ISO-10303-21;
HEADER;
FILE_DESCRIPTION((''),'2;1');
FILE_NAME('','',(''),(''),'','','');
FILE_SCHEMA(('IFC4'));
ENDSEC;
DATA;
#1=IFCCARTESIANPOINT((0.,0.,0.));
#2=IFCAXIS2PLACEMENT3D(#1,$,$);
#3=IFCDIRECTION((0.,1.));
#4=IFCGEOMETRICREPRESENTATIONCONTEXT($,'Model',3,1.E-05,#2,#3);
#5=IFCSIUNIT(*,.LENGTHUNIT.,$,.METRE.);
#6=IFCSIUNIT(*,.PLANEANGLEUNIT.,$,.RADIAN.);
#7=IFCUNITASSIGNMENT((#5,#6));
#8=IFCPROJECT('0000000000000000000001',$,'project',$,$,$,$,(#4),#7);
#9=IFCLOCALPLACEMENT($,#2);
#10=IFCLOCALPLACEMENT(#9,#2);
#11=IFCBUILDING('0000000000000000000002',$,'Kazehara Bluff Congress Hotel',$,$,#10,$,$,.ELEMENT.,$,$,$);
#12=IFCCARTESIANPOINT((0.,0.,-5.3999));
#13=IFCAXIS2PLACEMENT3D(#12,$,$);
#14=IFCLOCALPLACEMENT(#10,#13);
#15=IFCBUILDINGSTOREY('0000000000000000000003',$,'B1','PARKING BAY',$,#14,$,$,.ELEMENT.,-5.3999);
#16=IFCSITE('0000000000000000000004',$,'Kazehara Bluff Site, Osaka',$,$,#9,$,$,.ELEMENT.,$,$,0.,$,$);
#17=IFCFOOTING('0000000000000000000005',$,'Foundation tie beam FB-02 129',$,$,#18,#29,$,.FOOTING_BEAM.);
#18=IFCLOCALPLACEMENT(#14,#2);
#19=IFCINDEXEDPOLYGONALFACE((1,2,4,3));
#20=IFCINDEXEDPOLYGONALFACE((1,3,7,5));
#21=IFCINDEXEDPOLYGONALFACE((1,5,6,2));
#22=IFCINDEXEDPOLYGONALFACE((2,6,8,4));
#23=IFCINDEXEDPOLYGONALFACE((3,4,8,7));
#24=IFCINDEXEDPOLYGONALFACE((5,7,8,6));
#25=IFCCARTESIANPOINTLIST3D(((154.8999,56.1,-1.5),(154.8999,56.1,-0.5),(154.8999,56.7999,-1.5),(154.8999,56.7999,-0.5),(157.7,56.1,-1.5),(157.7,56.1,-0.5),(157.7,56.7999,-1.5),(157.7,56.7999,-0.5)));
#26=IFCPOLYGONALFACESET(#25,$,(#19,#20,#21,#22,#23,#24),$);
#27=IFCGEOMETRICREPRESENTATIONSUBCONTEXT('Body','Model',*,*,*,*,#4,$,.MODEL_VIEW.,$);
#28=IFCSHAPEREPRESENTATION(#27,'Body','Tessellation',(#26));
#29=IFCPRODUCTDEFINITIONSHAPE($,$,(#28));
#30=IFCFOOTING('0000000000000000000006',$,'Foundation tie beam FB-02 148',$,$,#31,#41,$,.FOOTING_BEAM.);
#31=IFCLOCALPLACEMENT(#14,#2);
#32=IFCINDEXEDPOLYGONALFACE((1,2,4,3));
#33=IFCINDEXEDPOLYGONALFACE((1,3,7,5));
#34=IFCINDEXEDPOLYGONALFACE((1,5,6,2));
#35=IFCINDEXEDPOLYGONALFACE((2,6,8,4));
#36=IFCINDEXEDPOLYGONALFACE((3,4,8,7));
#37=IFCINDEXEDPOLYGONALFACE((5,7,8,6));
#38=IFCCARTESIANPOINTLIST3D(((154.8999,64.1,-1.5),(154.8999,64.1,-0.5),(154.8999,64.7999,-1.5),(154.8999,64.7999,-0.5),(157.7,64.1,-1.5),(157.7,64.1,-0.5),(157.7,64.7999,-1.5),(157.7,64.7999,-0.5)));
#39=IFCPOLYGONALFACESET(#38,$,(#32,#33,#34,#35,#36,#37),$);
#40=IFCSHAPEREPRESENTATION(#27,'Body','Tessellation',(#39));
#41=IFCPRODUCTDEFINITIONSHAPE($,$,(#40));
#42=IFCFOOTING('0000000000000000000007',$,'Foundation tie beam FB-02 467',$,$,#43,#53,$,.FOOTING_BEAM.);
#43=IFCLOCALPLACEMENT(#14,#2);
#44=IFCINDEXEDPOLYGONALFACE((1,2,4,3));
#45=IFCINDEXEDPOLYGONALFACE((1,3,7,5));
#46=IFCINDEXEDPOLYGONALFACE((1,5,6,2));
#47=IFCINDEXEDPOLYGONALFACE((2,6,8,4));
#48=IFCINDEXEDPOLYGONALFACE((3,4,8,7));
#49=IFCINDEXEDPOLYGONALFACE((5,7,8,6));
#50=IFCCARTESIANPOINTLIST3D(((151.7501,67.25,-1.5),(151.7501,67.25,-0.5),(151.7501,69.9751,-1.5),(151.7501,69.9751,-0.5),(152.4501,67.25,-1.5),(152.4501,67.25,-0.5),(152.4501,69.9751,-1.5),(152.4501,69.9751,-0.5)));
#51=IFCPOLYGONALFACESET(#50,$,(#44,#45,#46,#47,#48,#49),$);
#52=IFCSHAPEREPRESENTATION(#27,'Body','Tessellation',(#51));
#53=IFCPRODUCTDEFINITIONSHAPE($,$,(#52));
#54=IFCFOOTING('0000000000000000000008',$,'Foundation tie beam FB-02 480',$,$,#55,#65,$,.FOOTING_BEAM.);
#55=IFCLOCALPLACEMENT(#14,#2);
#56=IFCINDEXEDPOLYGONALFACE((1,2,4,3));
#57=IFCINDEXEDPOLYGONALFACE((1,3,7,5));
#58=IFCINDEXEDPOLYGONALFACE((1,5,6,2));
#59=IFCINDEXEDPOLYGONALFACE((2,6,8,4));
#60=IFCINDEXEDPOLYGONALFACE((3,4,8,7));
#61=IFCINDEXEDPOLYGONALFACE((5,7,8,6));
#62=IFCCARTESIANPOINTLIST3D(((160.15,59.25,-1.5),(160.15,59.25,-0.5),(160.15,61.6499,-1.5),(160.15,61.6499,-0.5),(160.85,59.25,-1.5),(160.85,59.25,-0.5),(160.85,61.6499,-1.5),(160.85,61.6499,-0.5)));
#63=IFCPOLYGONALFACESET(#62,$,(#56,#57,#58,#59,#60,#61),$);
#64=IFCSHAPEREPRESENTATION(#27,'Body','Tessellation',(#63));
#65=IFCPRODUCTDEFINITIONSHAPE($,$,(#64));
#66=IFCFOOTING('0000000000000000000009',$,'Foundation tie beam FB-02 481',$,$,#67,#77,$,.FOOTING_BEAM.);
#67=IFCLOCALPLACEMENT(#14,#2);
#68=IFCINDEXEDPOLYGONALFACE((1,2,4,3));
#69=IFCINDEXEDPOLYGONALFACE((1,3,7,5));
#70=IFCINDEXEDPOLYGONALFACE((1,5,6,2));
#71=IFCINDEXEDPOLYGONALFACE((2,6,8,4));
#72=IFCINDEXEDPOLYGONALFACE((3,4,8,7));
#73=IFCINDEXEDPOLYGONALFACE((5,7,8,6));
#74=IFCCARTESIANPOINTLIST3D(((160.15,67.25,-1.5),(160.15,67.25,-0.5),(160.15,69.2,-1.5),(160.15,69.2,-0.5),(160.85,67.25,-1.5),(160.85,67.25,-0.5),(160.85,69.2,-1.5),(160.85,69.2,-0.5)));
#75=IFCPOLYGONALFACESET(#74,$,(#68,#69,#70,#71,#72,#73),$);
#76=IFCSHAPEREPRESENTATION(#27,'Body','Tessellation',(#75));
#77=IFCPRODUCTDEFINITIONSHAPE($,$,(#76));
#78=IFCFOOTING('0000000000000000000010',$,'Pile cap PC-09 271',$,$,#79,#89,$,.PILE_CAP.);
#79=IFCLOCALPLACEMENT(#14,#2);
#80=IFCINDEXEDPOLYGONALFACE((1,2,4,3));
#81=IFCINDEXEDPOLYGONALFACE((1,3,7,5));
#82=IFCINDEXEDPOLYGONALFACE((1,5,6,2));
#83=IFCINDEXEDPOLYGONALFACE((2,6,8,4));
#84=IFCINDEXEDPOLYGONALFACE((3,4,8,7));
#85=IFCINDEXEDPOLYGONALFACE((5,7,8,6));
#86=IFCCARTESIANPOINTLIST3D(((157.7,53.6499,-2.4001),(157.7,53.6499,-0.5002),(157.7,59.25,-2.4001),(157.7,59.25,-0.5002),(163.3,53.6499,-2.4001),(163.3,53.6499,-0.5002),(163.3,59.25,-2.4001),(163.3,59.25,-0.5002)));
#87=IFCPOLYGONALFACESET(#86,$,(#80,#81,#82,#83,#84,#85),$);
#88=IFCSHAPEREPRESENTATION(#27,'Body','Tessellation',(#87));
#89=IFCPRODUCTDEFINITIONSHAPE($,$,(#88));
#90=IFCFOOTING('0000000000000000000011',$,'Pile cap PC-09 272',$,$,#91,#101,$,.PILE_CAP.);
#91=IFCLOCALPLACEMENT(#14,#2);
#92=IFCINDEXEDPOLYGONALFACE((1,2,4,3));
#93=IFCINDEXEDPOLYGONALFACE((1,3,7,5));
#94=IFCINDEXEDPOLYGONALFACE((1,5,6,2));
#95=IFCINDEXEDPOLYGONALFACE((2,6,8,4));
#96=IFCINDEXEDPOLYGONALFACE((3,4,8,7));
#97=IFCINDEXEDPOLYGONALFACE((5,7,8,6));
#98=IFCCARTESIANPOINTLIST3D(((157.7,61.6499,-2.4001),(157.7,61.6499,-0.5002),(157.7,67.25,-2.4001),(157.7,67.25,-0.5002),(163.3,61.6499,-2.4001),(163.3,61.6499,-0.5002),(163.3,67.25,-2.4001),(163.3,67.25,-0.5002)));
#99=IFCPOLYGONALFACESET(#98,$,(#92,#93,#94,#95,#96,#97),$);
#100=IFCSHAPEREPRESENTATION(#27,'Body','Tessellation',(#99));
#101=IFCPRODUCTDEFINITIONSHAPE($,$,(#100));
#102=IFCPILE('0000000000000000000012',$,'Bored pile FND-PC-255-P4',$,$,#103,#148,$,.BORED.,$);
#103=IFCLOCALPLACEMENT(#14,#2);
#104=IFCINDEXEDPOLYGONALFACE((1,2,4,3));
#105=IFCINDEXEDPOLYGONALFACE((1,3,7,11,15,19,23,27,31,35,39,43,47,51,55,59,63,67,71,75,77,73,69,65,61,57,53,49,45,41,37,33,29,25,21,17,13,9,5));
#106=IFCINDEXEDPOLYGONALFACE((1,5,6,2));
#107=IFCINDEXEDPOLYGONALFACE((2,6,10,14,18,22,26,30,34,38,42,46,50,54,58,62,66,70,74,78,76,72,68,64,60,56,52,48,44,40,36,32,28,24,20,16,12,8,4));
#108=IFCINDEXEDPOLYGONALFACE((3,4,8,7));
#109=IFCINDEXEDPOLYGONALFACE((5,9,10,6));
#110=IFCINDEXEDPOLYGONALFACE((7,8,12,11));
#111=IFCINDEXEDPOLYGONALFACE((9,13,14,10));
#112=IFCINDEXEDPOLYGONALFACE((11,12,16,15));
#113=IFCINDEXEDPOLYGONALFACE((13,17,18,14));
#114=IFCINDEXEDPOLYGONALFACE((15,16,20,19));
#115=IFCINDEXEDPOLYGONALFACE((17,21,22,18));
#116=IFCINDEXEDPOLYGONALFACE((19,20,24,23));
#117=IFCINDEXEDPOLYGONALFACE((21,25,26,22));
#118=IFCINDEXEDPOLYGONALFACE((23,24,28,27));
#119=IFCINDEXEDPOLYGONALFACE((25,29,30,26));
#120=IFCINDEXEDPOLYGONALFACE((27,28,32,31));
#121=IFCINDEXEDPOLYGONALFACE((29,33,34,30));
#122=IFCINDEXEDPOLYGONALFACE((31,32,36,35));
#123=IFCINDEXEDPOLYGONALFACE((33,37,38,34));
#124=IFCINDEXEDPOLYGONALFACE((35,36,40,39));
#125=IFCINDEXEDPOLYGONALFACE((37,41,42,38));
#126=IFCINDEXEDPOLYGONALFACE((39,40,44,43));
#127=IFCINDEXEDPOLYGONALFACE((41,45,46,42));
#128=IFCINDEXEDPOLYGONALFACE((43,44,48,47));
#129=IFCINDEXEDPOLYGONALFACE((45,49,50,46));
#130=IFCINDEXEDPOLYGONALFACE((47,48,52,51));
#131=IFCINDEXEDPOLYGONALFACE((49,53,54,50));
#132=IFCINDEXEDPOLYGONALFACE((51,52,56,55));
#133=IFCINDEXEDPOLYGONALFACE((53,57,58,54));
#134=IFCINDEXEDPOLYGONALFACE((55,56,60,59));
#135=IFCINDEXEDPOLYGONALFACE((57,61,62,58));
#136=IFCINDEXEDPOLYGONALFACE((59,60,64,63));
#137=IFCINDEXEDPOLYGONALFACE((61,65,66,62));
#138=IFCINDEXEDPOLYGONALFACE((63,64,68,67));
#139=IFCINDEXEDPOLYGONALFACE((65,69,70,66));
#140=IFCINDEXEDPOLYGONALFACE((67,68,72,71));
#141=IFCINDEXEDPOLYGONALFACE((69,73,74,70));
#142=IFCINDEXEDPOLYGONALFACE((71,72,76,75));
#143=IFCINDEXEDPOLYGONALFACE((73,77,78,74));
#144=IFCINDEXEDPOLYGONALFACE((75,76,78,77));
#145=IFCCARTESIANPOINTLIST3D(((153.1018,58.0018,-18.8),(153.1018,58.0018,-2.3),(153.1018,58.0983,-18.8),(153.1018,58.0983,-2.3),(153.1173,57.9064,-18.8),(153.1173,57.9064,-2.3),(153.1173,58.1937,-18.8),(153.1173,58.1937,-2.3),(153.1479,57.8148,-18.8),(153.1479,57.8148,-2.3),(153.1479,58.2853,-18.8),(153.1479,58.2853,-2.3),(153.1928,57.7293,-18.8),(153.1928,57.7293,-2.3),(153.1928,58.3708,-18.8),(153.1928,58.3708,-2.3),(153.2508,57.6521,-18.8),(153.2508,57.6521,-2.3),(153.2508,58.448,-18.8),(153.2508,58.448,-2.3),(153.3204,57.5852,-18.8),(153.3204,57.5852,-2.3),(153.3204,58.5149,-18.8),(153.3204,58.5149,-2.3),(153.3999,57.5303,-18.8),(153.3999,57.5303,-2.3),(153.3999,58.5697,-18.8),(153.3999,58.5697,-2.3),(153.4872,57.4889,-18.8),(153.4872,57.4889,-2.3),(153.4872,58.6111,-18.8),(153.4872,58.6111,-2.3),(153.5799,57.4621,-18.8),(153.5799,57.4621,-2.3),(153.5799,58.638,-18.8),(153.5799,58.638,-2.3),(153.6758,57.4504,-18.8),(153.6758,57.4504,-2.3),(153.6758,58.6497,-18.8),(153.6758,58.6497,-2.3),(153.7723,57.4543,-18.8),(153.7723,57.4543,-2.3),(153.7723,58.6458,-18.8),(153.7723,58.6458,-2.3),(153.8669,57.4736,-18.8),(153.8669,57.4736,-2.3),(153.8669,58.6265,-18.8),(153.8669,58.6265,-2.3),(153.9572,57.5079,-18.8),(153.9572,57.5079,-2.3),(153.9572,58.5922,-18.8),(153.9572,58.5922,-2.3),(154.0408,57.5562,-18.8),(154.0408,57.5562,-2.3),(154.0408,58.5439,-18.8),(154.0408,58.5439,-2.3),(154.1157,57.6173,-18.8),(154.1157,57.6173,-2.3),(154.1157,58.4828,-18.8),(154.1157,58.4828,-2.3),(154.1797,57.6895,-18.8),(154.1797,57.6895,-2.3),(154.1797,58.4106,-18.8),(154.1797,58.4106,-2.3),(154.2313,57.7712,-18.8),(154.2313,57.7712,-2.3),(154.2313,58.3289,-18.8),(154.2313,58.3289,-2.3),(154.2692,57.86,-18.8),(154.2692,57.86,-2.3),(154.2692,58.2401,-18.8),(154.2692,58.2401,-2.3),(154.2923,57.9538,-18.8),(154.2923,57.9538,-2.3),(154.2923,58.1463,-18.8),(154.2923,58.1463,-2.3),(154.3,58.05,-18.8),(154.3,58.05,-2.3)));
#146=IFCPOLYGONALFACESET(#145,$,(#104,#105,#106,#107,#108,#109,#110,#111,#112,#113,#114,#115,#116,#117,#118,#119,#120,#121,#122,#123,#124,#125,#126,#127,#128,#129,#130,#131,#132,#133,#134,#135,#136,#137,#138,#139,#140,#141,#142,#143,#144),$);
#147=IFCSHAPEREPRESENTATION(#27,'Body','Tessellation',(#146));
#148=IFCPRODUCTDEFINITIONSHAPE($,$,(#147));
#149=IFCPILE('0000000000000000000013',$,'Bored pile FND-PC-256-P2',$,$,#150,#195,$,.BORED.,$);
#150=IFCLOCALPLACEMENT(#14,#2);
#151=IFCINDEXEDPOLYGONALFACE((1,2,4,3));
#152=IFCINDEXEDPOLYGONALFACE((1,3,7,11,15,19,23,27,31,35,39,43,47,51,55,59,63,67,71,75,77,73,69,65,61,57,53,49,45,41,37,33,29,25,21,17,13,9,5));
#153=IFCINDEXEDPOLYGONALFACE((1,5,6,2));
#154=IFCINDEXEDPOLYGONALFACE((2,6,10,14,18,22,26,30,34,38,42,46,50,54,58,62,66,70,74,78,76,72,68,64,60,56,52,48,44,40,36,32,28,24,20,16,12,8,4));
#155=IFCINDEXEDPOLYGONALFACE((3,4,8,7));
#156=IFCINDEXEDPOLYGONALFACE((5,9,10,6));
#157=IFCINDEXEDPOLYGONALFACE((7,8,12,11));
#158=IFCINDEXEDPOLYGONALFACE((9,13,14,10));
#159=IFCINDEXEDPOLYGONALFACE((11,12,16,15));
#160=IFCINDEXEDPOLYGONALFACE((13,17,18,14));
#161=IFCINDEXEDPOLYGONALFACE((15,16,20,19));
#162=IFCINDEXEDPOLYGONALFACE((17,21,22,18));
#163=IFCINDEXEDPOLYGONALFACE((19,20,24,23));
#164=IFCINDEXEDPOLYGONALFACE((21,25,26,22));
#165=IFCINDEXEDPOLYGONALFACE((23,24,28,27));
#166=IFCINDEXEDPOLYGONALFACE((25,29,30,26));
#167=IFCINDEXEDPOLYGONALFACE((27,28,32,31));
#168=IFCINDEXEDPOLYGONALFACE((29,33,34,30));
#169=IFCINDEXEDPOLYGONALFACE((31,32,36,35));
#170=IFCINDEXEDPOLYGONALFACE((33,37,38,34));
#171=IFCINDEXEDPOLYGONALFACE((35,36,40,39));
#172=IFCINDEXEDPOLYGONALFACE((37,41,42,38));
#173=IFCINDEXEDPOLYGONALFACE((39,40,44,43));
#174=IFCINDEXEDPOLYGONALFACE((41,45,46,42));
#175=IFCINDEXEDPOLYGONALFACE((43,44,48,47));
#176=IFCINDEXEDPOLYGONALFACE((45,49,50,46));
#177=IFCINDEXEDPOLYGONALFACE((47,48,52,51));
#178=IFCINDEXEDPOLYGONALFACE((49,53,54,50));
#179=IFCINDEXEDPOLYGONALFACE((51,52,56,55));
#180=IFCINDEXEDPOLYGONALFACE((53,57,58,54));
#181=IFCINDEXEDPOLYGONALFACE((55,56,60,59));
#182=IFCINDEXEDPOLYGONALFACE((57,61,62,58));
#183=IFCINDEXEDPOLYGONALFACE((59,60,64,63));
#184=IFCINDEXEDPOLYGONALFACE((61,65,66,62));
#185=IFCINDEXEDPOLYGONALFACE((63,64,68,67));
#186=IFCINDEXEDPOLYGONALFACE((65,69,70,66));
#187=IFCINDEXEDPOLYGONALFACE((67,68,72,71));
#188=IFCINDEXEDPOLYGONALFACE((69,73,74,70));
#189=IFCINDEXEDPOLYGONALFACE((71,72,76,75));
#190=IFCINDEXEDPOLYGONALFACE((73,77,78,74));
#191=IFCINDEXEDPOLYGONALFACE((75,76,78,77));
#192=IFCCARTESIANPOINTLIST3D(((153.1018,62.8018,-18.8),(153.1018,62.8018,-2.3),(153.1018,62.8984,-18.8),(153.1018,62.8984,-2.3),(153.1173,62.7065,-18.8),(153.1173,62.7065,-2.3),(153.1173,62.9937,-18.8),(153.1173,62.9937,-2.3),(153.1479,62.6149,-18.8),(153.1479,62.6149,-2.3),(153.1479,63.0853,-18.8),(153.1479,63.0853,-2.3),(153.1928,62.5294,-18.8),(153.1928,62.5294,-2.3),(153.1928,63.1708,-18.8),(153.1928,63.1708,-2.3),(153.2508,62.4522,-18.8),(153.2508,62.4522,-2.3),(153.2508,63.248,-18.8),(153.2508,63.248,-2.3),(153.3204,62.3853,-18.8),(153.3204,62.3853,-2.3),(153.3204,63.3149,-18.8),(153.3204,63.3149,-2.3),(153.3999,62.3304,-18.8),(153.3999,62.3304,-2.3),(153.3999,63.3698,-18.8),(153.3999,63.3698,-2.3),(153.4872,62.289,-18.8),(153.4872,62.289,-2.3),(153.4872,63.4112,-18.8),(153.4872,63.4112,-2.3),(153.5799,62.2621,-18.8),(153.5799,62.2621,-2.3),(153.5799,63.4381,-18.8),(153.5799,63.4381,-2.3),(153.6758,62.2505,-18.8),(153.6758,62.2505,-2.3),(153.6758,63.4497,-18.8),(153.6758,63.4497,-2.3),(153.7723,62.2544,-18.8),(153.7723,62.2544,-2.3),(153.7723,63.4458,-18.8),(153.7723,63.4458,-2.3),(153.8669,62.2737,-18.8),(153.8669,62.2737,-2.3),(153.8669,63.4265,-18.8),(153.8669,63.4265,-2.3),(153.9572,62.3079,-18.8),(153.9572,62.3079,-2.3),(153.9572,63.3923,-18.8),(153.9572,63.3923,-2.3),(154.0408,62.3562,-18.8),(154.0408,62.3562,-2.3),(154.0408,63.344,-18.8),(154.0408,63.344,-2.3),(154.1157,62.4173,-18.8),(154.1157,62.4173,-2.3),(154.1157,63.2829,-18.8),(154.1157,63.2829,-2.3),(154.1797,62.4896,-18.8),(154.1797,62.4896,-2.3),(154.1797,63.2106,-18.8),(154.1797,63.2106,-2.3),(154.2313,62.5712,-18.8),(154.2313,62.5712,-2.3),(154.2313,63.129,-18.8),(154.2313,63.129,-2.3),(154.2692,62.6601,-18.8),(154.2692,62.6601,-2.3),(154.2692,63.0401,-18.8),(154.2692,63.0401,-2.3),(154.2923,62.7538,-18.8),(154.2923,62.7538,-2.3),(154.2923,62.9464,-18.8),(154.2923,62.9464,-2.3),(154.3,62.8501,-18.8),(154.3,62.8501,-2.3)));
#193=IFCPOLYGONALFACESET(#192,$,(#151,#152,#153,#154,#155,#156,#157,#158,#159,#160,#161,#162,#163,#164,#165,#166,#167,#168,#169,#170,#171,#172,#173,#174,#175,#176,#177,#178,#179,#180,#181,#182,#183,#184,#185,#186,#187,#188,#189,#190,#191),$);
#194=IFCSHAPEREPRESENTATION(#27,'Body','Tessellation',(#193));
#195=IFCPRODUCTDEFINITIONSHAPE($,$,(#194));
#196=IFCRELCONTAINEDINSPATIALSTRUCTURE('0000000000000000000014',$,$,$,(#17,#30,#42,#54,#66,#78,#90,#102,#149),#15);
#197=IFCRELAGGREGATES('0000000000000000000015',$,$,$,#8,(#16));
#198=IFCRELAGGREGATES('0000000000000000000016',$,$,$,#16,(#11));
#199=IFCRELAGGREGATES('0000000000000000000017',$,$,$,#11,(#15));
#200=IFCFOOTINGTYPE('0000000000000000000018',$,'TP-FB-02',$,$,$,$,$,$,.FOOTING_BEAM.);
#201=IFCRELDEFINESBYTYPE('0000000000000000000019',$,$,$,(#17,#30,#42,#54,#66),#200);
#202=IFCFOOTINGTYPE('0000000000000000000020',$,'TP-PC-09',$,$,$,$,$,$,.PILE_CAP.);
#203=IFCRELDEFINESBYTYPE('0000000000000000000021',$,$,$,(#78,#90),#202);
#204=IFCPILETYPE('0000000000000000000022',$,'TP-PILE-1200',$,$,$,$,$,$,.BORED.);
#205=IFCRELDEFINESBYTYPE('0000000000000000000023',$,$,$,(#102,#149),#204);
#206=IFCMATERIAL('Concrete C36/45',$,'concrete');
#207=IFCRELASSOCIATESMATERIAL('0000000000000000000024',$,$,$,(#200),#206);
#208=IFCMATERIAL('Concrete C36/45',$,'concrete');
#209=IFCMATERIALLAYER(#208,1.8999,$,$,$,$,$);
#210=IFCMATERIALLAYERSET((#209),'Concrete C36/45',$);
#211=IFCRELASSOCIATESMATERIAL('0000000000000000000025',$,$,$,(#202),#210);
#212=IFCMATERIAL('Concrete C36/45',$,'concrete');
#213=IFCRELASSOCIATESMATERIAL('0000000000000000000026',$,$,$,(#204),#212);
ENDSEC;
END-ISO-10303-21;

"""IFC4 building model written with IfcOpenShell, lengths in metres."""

from ifc_helpers import new_model, si_unit, direction, frame, origin, origin_2d, place, context, subcontext, project, spatial, rectangle, circle, extrude, material, layer, layer_set, material_profile, profile_set, type_object, element, save


model = new_model("IFC4")

# Units and contexts
model_context = context("Model", 3, precision=1e-05, world=origin(), true_north=direction((0.0, 1.0)))
body_context = subcontext(model_context, "Body", "Model", "MODEL_VIEW")
ifc_project = project(units=[si_unit("LENGTHUNIT", "METRE"), si_unit("PLANEANGLEUNIT", "RADIAN")], contexts=[model_context])

# Site, building, storey
site_placement = place(None, origin())
site = spatial("IfcSite", under=ifc_project, at=site_placement, Name="Kazehara Bluff Site, Osaka", CompositionType="ELEMENT", RefElevation=0.0)
building_placement = place(site_placement, origin())
building = spatial("IfcBuilding", under=site, at=building_placement, Name="Kazehara Bluff Congress Hotel", CompositionType="ELEMENT")
storey_placement = place(building_placement, frame((0.0, 0.0, -5.3999)))
storey = spatial("IfcBuildingStorey", under=building, at=storey_placement, Name="B1", Description="PARKING BAY", CompositionType="ELEMENT", Elevation=-5.3999)

# Footings
ifc_material_1 = material(Name="Concrete C36/45", Category="concrete")
ifc_material_profile_1 = material_profile(ifc_material_1, rectangle(XDim=0.7, YDim=1.0, at=origin_2d()))
ifc_profile_set_1 = profile_set([ifc_material_profile_1], Name="Concrete C36/45")
footing_type_1 = type_object("IfcFootingType", Name="TP-FB-02", PredefinedType="FOOTING_BEAM", material=ifc_profile_set_1)
for number, where, z_axis, x_axis, name in (
    (1, (154.8999, 56.45, -1.0), (1.0, 0.0, 0.0), (0.0, 1.0, 0.0), "Foundation tie beam FB-02 129"),
    (2, (154.8999, 64.45, -1.0), (1.0, 0.0, 0.0), (0.0, 1.0, 0.0), "Foundation tie beam FB-02 148"),
):
    element("IfcFooting", number, at=place(storey_placement, frame(where, z_axis=z_axis, x_axis=x_axis)), inside=storey, type_object=footing_type_1, Name=name, PredefinedType="FOOTING_BEAM", context=body_context, shape_type="SweptSolid", body=[
        extrude(rectangle(XDim=0.7, YDim=1.0, at=origin_2d()), origin(), (0.0, 0.0, 1.0), 2.8),
    ])
footing_1_placement = place(storey_placement, frame((152.1001, 67.25, -1.0), z_axis=(0.0, 1.0, 0.0), x_axis=(-1.0, 0.0, 0.0)))
element("IfcFooting", 3, at=footing_1_placement, inside=storey, type_object=footing_type_1, Name="Foundation tie beam FB-02 467", PredefinedType="FOOTING_BEAM", context=body_context, shape_type="SweptSolid", body=[
    extrude(rectangle(XDim=0.7, YDim=1.0, at=origin_2d()), origin(), (0.0, 0.0, 1.0), 2.7251),
])
footing_2_placement = place(storey_placement, frame((160.5, 59.25, -1.0), z_axis=(0.0, 1.0, 0.0), x_axis=(-1.0, 0.0, 0.0)))
element("IfcFooting", 4, at=footing_2_placement, inside=storey, type_object=footing_type_1, Name="Foundation tie beam FB-02 480", PredefinedType="FOOTING_BEAM", context=body_context, shape_type="SweptSolid", body=[
    extrude(rectangle(XDim=0.7, YDim=1.0, at=origin_2d()), origin(), (0.0, 0.0, 1.0), 2.3999),
])
footing_3_placement = place(storey_placement, frame((160.5, 67.25, -1.0), z_axis=(0.0, 1.0, 0.0), x_axis=(-1.0, 0.0, 0.0)))
element("IfcFooting", 5, at=footing_3_placement, inside=storey, type_object=footing_type_1, Name="Foundation tie beam FB-02 481", PredefinedType="FOOTING_BEAM", context=body_context, shape_type="SweptSolid", body=[
    extrude(rectangle(XDim=0.7, YDim=1.0, at=origin_2d()), origin(), (0.0, 0.0, 1.0), 1.95),
])
ifc_material_2 = material(Name="Concrete C36/45", Category="concrete")
ifc_layer_1 = layer(ifc_material_2, 1.8999)
ifc_layer_set_1 = layer_set([ifc_layer_1], Name="Concrete C36/45")
footing_type_2 = type_object("IfcFootingType", Name="TP-PC-09", PredefinedType="PILE_CAP", material=ifc_layer_set_1)
for number, where, z_axis, x_axis, name in (
    (6, (160.5, 56.45, -2.4001), (0.0, 0.0, 1.0), (1.0, 0.0, 0.0), "Pile cap PC-09 271"),
    (7, (160.5, 64.45, -2.4001), (0.0, 0.0, 1.0), (1.0, 0.0, 0.0), "Pile cap PC-09 272"),
):
    element("IfcFooting", number, at=place(storey_placement, frame(where, z_axis=z_axis, x_axis=x_axis)), inside=storey, type_object=footing_type_2, Name=name, PredefinedType="PILE_CAP", context=body_context, shape_type="SweptSolid", body=[
        extrude(rectangle(XDim=5.6001, YDim=5.6001, at=origin_2d()), origin(), (0.0, 0.0, 1.0), 1.8999),
    ])

# Piles
ifc_material_3 = material(Name="Concrete C36/45", Category="concrete")
ifc_material_profile_2 = material_profile(ifc_material_3, circle(Radius=0.6001, at=origin_2d()))
ifc_profile_set_2 = profile_set([ifc_material_profile_2], Name="Concrete C36/45")
pile_type = type_object("IfcPileType", Name="TP-PILE-1200", PredefinedType="BORED", material=ifc_profile_set_2)
for number, where, z_axis, x_axis, name in (
    (8, (153.7, 58.05, -2.3), (0.0, 0.0, -1.0), (1.0, 0.0, 0.0), "Bored pile FND-PC-255-P4"),
    (9, (153.7, 62.8501, -2.3), (0.0, 0.0, -1.0), (1.0, 0.0, 0.0), "Bored pile FND-PC-256-P2"),
):
    element("IfcPile", number, at=place(storey_placement, frame(where, z_axis=z_axis, x_axis=x_axis)), inside=storey, type_object=pile_type, Name=name, PredefinedType="BORED", context=body_context, shape_type="SweptSolid", body=[
        extrude(circle(Radius=0.6001, at=origin_2d()), origin(), (0.0, 0.0, 1.0), 16.5),
    ])

save(model, "model.ifc")
